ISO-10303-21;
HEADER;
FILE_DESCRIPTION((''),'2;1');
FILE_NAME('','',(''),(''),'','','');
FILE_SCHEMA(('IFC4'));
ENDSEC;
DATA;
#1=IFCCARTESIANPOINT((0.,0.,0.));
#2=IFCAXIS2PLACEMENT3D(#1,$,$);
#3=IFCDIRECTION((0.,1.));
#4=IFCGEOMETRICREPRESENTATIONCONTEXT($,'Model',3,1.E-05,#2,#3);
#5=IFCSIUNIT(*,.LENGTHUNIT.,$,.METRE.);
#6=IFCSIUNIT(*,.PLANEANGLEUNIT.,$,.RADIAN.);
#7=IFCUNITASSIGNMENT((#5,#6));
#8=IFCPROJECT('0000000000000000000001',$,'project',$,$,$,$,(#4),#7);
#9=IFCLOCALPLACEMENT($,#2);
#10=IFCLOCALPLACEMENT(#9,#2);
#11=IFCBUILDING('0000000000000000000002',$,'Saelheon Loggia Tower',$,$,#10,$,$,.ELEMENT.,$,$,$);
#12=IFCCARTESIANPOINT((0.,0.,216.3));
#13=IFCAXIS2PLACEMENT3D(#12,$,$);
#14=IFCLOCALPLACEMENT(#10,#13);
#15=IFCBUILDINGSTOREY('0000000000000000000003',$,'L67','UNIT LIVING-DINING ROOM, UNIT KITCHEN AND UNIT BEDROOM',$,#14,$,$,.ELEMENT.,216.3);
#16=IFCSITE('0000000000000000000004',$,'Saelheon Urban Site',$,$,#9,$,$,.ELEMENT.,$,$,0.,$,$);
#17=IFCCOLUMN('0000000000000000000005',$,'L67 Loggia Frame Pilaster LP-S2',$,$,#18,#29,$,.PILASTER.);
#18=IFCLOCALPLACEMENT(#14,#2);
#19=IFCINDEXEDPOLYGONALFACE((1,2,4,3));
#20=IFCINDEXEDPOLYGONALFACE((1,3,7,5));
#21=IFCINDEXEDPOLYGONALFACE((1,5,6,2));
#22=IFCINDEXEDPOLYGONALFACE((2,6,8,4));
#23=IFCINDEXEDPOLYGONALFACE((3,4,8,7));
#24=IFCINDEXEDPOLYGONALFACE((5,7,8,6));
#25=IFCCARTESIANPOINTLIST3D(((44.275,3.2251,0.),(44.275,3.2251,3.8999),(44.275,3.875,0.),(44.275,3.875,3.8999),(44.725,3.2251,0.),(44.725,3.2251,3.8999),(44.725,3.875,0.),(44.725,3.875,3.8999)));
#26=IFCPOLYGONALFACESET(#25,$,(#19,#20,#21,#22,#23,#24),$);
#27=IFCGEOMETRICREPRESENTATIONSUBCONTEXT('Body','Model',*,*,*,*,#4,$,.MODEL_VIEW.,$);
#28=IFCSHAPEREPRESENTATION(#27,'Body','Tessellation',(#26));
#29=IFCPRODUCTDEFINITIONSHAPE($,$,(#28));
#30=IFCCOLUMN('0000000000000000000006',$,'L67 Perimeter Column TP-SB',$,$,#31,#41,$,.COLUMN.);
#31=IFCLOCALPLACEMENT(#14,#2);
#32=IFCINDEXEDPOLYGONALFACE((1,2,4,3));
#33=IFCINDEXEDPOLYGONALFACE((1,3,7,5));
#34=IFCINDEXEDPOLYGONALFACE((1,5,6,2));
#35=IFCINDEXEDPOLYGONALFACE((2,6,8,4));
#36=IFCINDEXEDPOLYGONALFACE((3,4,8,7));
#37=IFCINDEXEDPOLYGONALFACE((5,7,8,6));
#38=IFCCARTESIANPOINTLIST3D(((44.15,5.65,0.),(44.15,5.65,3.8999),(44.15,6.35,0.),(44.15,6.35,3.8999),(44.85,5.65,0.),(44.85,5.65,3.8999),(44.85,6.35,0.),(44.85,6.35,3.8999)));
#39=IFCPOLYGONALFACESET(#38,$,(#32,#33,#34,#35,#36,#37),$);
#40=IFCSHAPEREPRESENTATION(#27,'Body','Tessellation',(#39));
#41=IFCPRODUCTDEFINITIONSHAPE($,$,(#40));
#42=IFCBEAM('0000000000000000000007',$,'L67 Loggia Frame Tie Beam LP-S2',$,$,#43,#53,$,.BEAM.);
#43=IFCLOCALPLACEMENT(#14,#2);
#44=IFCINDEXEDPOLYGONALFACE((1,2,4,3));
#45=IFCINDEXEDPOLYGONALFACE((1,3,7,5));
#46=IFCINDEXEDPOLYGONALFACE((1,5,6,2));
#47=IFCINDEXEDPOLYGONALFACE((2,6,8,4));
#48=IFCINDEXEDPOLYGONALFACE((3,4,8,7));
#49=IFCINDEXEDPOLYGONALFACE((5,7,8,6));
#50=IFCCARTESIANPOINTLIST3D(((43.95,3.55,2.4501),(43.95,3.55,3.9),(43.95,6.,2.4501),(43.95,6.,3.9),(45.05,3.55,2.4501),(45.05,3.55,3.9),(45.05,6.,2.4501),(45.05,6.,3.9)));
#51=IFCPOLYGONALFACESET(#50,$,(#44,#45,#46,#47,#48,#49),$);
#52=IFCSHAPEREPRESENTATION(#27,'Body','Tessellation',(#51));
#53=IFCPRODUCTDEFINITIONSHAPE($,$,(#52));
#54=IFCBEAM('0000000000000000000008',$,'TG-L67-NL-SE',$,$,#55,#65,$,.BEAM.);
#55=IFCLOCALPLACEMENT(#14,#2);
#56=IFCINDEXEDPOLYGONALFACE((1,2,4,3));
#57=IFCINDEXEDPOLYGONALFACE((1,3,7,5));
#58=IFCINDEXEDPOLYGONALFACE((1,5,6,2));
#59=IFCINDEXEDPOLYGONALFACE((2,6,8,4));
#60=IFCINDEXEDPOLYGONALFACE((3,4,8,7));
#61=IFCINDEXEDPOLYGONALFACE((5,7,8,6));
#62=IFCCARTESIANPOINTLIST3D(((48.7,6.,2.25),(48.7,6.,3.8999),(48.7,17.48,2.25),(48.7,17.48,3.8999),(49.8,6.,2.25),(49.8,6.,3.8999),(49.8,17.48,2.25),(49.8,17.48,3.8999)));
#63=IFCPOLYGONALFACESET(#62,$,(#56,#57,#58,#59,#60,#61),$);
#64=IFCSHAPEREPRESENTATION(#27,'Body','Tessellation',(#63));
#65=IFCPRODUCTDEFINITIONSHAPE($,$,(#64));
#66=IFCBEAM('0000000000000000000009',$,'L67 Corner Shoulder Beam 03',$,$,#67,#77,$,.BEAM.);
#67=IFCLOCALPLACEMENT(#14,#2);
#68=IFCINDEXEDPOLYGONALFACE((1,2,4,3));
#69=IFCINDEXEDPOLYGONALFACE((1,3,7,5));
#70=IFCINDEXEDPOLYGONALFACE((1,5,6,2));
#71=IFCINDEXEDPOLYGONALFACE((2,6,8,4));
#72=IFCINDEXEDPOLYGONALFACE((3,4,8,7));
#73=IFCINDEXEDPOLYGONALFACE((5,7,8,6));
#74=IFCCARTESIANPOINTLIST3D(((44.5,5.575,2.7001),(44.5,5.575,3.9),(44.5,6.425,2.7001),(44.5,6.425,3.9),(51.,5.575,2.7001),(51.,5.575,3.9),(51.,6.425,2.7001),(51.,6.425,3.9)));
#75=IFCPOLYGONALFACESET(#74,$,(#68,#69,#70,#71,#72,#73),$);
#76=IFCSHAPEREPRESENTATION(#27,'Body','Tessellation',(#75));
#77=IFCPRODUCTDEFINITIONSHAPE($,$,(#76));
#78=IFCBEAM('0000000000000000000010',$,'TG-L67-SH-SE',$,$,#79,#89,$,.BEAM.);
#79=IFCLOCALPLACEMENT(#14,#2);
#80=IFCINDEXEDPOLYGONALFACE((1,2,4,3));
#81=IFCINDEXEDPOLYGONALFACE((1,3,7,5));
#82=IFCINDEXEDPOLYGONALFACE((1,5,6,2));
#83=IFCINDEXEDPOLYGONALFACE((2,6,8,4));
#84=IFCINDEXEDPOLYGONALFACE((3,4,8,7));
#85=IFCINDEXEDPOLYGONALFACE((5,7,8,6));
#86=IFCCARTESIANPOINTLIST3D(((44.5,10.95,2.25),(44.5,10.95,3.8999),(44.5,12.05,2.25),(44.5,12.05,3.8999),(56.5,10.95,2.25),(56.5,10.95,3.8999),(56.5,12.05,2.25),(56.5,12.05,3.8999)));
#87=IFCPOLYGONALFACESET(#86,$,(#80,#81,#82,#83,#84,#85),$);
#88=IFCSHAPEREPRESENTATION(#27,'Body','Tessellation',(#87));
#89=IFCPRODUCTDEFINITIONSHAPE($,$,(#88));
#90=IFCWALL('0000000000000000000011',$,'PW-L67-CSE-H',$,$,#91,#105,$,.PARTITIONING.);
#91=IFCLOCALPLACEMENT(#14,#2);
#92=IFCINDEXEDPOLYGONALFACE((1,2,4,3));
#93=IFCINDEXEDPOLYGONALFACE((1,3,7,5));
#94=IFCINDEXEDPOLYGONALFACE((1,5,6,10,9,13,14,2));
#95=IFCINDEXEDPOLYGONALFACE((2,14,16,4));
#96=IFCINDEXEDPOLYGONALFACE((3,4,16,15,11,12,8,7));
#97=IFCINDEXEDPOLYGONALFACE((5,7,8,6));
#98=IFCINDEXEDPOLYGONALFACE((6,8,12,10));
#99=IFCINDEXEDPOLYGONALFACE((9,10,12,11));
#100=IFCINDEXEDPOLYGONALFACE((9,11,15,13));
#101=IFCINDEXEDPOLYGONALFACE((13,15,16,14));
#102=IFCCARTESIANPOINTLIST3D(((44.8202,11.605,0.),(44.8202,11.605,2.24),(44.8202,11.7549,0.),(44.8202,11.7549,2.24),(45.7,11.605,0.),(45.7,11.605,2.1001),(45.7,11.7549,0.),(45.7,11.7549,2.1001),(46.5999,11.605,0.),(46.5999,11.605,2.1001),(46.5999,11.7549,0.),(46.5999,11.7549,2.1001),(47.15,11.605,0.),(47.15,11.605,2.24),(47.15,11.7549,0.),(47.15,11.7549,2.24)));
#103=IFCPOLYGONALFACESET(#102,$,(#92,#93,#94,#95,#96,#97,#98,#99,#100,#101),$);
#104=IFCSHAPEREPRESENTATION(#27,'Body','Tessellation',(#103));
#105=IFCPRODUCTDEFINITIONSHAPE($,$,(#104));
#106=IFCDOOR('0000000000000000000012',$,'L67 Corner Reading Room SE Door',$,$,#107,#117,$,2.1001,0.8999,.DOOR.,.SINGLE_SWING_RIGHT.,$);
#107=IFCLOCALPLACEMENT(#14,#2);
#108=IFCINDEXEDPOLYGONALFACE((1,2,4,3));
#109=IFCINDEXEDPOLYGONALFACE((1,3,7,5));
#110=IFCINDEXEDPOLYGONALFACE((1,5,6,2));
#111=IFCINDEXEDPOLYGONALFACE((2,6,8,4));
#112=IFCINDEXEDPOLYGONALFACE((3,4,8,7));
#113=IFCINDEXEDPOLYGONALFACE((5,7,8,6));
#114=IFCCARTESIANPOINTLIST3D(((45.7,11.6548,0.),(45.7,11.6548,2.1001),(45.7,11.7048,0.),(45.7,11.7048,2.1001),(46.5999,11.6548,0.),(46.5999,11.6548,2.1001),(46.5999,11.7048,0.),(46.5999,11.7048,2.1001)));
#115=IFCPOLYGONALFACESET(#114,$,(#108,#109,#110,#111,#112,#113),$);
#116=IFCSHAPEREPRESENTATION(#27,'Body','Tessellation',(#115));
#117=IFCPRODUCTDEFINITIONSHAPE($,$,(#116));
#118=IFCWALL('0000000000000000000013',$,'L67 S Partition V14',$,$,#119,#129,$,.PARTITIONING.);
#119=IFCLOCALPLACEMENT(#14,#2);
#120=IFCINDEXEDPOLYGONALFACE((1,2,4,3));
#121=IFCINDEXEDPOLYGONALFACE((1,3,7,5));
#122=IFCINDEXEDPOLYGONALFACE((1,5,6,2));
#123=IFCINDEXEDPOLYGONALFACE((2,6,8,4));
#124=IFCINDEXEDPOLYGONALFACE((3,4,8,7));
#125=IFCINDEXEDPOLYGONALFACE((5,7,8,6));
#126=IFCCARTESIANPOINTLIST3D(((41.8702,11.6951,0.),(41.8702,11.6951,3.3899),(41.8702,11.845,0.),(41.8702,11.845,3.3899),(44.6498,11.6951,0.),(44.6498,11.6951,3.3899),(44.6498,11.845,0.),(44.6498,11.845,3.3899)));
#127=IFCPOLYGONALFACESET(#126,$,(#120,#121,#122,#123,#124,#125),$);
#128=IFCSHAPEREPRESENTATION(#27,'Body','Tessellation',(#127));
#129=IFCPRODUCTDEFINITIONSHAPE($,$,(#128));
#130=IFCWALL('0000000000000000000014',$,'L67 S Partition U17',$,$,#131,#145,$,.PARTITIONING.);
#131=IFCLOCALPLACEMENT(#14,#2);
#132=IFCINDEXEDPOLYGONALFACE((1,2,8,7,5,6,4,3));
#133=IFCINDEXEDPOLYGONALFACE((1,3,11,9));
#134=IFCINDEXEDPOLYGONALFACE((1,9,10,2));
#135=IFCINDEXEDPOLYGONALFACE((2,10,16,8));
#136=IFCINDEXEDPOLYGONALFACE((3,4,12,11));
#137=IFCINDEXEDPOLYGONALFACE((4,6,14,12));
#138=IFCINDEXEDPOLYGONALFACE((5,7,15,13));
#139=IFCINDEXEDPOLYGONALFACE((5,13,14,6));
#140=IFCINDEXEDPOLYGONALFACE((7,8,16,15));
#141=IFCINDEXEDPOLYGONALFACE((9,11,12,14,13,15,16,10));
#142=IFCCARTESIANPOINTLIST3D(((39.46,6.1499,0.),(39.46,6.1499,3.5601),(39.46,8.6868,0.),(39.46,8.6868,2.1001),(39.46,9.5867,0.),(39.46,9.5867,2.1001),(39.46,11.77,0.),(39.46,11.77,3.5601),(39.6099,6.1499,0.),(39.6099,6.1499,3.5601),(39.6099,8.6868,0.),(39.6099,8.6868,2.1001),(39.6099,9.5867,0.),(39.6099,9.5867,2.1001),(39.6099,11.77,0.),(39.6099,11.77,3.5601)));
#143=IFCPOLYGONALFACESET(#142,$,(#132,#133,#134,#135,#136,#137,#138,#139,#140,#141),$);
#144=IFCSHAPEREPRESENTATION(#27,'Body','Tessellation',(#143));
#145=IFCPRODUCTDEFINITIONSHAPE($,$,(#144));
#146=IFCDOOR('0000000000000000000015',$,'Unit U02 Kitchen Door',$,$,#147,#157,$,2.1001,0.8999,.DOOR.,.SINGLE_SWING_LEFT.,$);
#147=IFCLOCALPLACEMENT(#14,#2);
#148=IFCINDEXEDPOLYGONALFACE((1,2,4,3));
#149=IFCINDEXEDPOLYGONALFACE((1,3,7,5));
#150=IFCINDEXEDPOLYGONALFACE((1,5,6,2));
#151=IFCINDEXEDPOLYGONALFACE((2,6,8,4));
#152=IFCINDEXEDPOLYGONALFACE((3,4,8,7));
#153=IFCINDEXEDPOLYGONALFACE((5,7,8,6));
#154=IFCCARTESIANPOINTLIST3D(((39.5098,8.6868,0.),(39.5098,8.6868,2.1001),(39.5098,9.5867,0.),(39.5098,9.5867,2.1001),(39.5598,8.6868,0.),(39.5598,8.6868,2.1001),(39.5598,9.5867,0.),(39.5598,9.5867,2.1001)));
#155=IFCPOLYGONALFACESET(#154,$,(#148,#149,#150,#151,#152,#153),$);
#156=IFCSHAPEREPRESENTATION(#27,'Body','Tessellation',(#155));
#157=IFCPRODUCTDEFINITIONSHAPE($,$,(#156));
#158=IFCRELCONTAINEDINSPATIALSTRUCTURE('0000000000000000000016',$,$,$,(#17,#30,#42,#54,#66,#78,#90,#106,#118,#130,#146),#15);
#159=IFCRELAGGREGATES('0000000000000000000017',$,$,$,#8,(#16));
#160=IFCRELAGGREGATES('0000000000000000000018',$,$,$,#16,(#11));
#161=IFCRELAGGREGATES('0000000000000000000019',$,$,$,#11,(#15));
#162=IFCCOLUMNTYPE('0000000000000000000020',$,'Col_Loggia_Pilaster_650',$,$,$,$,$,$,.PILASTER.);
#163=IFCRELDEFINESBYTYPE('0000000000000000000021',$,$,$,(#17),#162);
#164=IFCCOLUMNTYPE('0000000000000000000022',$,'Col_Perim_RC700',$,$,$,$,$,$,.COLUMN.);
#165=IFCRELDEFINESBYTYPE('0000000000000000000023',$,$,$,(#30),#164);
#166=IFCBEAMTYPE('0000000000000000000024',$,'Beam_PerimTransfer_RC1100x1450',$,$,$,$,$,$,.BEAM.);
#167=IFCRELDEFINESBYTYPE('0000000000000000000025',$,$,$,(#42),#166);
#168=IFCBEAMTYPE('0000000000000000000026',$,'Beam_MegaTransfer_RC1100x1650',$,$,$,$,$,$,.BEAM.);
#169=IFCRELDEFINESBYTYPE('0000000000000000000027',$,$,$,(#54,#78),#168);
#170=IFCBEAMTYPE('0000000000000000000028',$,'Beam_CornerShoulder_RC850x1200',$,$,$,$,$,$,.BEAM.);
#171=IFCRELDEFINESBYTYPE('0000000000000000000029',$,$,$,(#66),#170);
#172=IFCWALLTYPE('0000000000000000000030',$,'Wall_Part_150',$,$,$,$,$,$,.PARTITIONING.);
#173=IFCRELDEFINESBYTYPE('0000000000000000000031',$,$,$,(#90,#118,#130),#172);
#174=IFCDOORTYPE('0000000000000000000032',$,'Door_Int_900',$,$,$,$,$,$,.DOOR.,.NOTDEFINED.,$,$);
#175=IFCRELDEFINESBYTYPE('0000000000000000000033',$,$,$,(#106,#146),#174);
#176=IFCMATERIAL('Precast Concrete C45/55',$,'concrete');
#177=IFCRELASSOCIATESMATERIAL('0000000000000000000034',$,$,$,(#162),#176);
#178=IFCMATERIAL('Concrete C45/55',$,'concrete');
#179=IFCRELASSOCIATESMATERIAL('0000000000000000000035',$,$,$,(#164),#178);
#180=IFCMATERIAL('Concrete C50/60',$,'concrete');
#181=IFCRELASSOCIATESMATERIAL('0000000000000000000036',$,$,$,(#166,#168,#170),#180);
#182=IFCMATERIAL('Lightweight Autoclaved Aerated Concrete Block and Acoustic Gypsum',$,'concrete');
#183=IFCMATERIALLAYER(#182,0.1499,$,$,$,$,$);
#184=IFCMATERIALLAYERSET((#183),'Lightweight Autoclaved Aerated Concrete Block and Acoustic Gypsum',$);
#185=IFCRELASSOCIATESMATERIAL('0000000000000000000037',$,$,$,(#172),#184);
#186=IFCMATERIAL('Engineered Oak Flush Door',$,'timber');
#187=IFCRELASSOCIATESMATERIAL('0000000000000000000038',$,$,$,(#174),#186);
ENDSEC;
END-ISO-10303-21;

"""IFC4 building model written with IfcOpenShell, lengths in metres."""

from ifc_helpers import new_model, si_unit, direction, frame, frame_2d, origin, origin_2d, place, context, subcontext, project, spatial, rectangle, extrude, source, transform, mapped, material, layer, layer_set, material_profile, profile_set, type_object, element, fill, save


model = new_model("IFC4")

# Units and contexts
model_context = context("Model", 3, precision=1e-05, world=origin(), true_north=direction((0.0, 1.0)))
body_context = subcontext(model_context, "Body", "Model", "MODEL_VIEW")
ifc_project = project(units=[si_unit("LENGTHUNIT", "METRE"), si_unit("PLANEANGLEUNIT", "RADIAN")], contexts=[model_context])

# Site, building, storey
site_placement = place(None, origin())
site = spatial("IfcSite", under=ifc_project, at=site_placement, Name="Saelheon Urban Site", CompositionType="ELEMENT", RefElevation=0.0)
building_placement = place(site_placement, origin())
building = spatial("IfcBuilding", under=site, at=building_placement, Name="Saelheon Loggia Tower", CompositionType="ELEMENT")
storey_placement = place(building_placement, frame((0.0, 0.0, 216.3)))
storey = spatial("IfcBuildingStorey", under=building, at=storey_placement, Name="L67", Description="UNIT LIVING-DINING ROOM, UNIT KITCHEN AND UNIT BEDROOM", CompositionType="ELEMENT", Elevation=216.3)

# Columns
ifc_material_1 = material(Name="Precast Concrete C45/55", Category="concrete")
ifc_material_profile_1 = material_profile(ifc_material_1, rectangle(XDim=0.45, YDim=0.6499, at=origin_2d()), Name="RC-450x650")
ifc_profile_set_1 = profile_set([ifc_material_profile_1], Name="Precast Concrete C45/55")
column_type_1 = type_object("IfcColumnType", Name="Col_Loggia_Pilaster_650", PredefinedType="PILASTER", material=ifc_profile_set_1)
shared_shape_1 = source(origin(), body_context, "Body", "SweptSolid", [
    extrude(rectangle(XDim=0.45, YDim=0.6499, at=origin_2d()), origin(), (0.0, 0.0, 1.0), 3.8999),
])
column_1_placement = place(storey_placement, frame((44.5, 3.55, 0.0), z_axis=(0.0, 0.0, 1.0), x_axis=(1.0, 0.0, 0.0)))
element("IfcColumn", 1, at=column_1_placement, inside=storey, type_object=column_type_1, Name="L67 Loggia Frame Pilaster LP-S2", PredefinedType="PILASTER", context=body_context, shape_type="MappedRepresentation", body=[
    mapped(shared_shape_1, transform((0.0, 0.0, 0.0), scale=1.0)),
])
ifc_material_2 = material(Name="Concrete C45/55", Category="concrete")
ifc_material_profile_2 = material_profile(ifc_material_2, rectangle(XDim=0.7, YDim=0.7, at=origin_2d()), Name="RC-700x700")
ifc_profile_set_2 = profile_set([ifc_material_profile_2], Name="Concrete C45/55")
column_type_2 = type_object("IfcColumnType", Name="Col_Perim_RC700", PredefinedType="COLUMN", material=ifc_profile_set_2)
shared_shape_2 = source(origin(), body_context, "Body", "SweptSolid", [
    extrude(rectangle(XDim=0.7, YDim=0.7, at=origin_2d()), origin(), (0.0, 0.0, 1.0), 3.8999),
])
column_2_placement = place(storey_placement, frame((44.5, 6.0, 0.0), z_axis=(0.0, 0.0, 1.0), x_axis=(1.0, 0.0, 0.0)))
element("IfcColumn", 2, at=column_2_placement, inside=storey, type_object=column_type_2, Name="L67 Perimeter Column TP-SB", PredefinedType="COLUMN", context=body_context, shape_type="MappedRepresentation", body=[
    mapped(shared_shape_2, transform((0.0, 0.0, 0.0), scale=1.0)),
])

# Beams
ifc_material_3 = material(Name="Concrete C50/60", Category="concrete")
ifc_material_profile_3 = material_profile(ifc_material_3, rectangle(XDim=1.1001, YDim=1.45, at=origin_2d()), Name="RC-1100x1450")
ifc_profile_set_3 = profile_set([ifc_material_profile_3], Name="Concrete C50/60")
beam_type_1 = type_object("IfcBeamType", Name="Beam_PerimTransfer_RC1100x1450", PredefinedType="BEAM", material=ifc_profile_set_3)
shared_shape_3 = source(origin(), body_context, "Body", "SweptSolid", [
    extrude(rectangle(XDim=1.1001, YDim=1.45, at=origin_2d()), origin(), (0.0, 0.0, 1.0), 2.45),
])
beam_1_placement = place(storey_placement, frame((44.5, 6.0, 3.175), z_axis=(0.0, -1.0, 0.0), x_axis=(1.0, 0.0, 0.0)))
element("IfcBeam", 3, at=beam_1_placement, inside=storey, type_object=beam_type_1, Name="L67 Loggia Frame Tie Beam LP-S2", PredefinedType="BEAM", context=body_context, shape_type="MappedRepresentation", body=[
    mapped(shared_shape_3, transform((0.0, 0.0, 0.0), scale=1.0)),
])
ifc_material_profile_4 = material_profile(ifc_material_3, rectangle(XDim=1.1001, YDim=1.6499, at=origin_2d()), Name="RC-1100x1650")
ifc_profile_set_4 = profile_set([ifc_material_profile_4], Name="Concrete C50/60")
beam_type_2 = type_object("IfcBeamType", Name="Beam_MegaTransfer_RC1100x1650", PredefinedType="BEAM", material=ifc_profile_set_4)
shared_shape_4 = source(origin(), body_context, "Body", "SweptSolid", [
    extrude(rectangle(XDim=1.1001, YDim=1.6499, at=origin_2d()), origin(), (0.0, 0.0, 1.0), 11.48),
])
beam_2_placement = place(storey_placement, frame((49.25, 6.0, 3.075), z_axis=(0.0, 1.0, 0.0), x_axis=(-1.0, 0.0, 0.0)))
element("IfcBeam", 4, at=beam_2_placement, inside=storey, type_object=beam_type_2, Name="TG-L67-NL-SE", PredefinedType="BEAM", context=body_context, shape_type="MappedRepresentation", body=[
    mapped(shared_shape_4, transform((0.0, 0.0, 0.0), scale=1.0)),
])
ifc_material_profile_5 = material_profile(ifc_material_3, rectangle(XDim=0.8501, YDim=1.2, at=origin_2d()), Name="RC-850x1200")
ifc_profile_set_5 = profile_set([ifc_material_profile_5], Name="Concrete C50/60")
beam_type_3 = type_object("IfcBeamType", Name="Beam_CornerShoulder_RC850x1200", PredefinedType="BEAM", material=ifc_profile_set_5)
shared_shape_5 = source(origin(), body_context, "Body", "SweptSolid", [
    extrude(rectangle(XDim=0.8501, YDim=1.2, at=origin_2d()), origin(), (0.0, 0.0, 1.0), 6.5),
])
beam_3_placement = place(storey_placement, frame((44.5, 6.0, 3.3), z_axis=(1.0, 0.0, 0.0), x_axis=(0.0, 1.0, 0.0)))
element("IfcBeam", 5, at=beam_3_placement, inside=storey, type_object=beam_type_3, Name="L67 Corner Shoulder Beam 03", PredefinedType="BEAM", context=body_context, shape_type="MappedRepresentation", body=[
    mapped(shared_shape_5, transform((0.0, 0.0, 0.0), scale=1.0)),
])
shared_shape_6 = source(origin(), body_context, "Body", "SweptSolid", [
    extrude(rectangle(XDim=1.1001, YDim=1.6499, at=origin_2d()), origin(), (0.0, 0.0, 1.0), 12.0),
])
beam_4_placement = place(storey_placement, frame((44.5, 11.5, 3.075), z_axis=(1.0, 0.0, 0.0), x_axis=(0.0, 1.0, 0.0)))
element("IfcBeam", 6, at=beam_4_placement, inside=storey, type_object=beam_type_2, Name="TG-L67-SH-SE", PredefinedType="BEAM", context=body_context, shape_type="MappedRepresentation", body=[
    mapped(shared_shape_6, transform((0.0, 0.0, 0.0), scale=1.0)),
])

# Wall, opening, door
ifc_material_4 = material(Name="Lightweight Autoclaved Aerated Concrete Block and Acoustic Gypsum", Category="concrete")
ifc_layer_1 = layer(ifc_material_4, 0.1499)
ifc_layer_set_1 = layer_set([ifc_layer_1], Name="Lightweight Autoclaved Aerated Concrete Block and Acoustic Gypsum")
wall_type_1 = type_object("IfcWallType", Name="Wall_Part_150", PredefinedType="PARTITIONING", material=ifc_layer_set_1)
wall_1_placement = place(storey_placement, frame((44.8201, 11.6799, 0.0), z_axis=(0.0, 0.0, 1.0), x_axis=(1.0, 0.0, 0.0)))
wall_1 = element("IfcWall", 7, at=wall_1_placement, inside=storey, type_object=wall_type_1, Name="PW-L67-CSE-H", PredefinedType="PARTITIONING", context=body_context, shape_type="SweptSolid", body=[
    extrude(rectangle(XDim=2.3298, YDim=0.1499, at=frame_2d((1.165, 0.0))), origin(), (0.0, 0.0, 1.0), 2.24),
])
opening_1_placement = place(wall_1_placement, frame((0.8799, 0.0, 0.0)))
opening_1 = element("IfcOpeningElement", 8, at=opening_1_placement, cuts=wall_1, PredefinedType="OPENING", context=body_context, shape_type="SweptSolid", body=[
    extrude(rectangle(XDim=0.8999, YDim=2.1001, at=frame_2d((0.45, 1.05))), frame((0.0, 0.0869, 0.0), z_axis=(0.0, -1.0, 0.0), x_axis=(1.0, 0.0, 0.0)), (0.0, 0.0, 1.0), 0.1738),
])
ifc_material_5 = material(Name="Engineered Oak Flush Door", Category="timber")
door_type_1 = type_object("IfcDoorType", Name="Door_Int_900", OperationType="NOTDEFINED", PredefinedType="DOOR", material=ifc_material_5)
shared_shape_7 = source(origin(), body_context, "Body", "SweptSolid", [
    extrude(rectangle(XDim=0.8999, YDim=2.1001, at=frame_2d((0.45, 1.05))), frame((0.0, 0.0249, 0.0), z_axis=(0.0, -1.0, 0.0), x_axis=(1.0, 0.0, 0.0)), (0.0, 0.0, 1.0), 0.05),
])
door_1_placement = place(opening_1_placement, origin())
door_1 = element("IfcDoor", 9, at=door_1_placement, inside=storey, type_object=door_type_1, Name="L67 Corner Reading Room SE Door", OperationType="SINGLE_SWING_RIGHT", OverallHeight=2.1001, OverallWidth=0.8999, PredefinedType="DOOR", context=body_context, shape_type="MappedRepresentation", body=[
    mapped(shared_shape_7, transform((0.0, 0.0, 0.0), scale=1.0)),
])
fill(opening_1, door_1)

# Wall
wall_2_placement = place(storey_placement, frame((41.8704, 11.77, 0.0), z_axis=(0.0, 0.0, 1.0), x_axis=(1.0, 0.0, 0.0)))
element("IfcWall", 10, at=wall_2_placement, inside=storey, type_object=wall_type_1, Name="L67 S Partition V14", PredefinedType="PARTITIONING", context=body_context, shape_type="SweptSolid", body=[
    extrude(rectangle(XDim=2.7795, YDim=0.1499, at=frame_2d((1.3896, 0.0))), origin(), (0.0, 0.0, 1.0), 3.3899),
])

# Wall, opening, door
wall_3_placement = place(storey_placement, frame((39.5349, 11.77, 0.0), z_axis=(0.0, 0.0, 1.0), x_axis=(0.0, -1.0, 0.0)))
wall_3 = element("IfcWall", 11, at=wall_3_placement, inside=storey, type_object=wall_type_1, Name="L67 S Partition U17", PredefinedType="PARTITIONING", context=body_context, shape_type="SweptSolid", body=[
    extrude(rectangle(XDim=5.6201, YDim=0.1499, at=frame_2d((2.8101, 0.0))), origin(), (0.0, 0.0, 1.0), 3.5601),
])
opening_2_placement = place(wall_3_placement, frame((2.1833, 0.0, 0.0)))
opening_2 = element("IfcOpeningElement", 12, at=opening_2_placement, cuts=wall_3, PredefinedType="OPENING", context=body_context, shape_type="SweptSolid", body=[
    extrude(rectangle(XDim=0.8999, YDim=2.1001, at=frame_2d((0.45, 1.05))), frame((0.0, 0.0869, 0.0), z_axis=(0.0, -1.0, 0.0), x_axis=(1.0, 0.0, 0.0)), (0.0, 0.0, 1.0), 0.1738),
])
door_2_placement = place(opening_2_placement, origin())
door_2 = element("IfcDoor", 13, at=door_2_placement, inside=storey, type_object=door_type_1, Name="Unit U02 Kitchen Door", OperationType="SINGLE_SWING_LEFT", OverallHeight=2.1001, OverallWidth=0.8999, PredefinedType="DOOR", context=body_context, shape_type="MappedRepresentation", body=[
    mapped(shared_shape_7, transform((0.0, 0.0, 0.0), scale=1.0)),
])
fill(opening_2, door_2)

save(model, "model.ifc")
